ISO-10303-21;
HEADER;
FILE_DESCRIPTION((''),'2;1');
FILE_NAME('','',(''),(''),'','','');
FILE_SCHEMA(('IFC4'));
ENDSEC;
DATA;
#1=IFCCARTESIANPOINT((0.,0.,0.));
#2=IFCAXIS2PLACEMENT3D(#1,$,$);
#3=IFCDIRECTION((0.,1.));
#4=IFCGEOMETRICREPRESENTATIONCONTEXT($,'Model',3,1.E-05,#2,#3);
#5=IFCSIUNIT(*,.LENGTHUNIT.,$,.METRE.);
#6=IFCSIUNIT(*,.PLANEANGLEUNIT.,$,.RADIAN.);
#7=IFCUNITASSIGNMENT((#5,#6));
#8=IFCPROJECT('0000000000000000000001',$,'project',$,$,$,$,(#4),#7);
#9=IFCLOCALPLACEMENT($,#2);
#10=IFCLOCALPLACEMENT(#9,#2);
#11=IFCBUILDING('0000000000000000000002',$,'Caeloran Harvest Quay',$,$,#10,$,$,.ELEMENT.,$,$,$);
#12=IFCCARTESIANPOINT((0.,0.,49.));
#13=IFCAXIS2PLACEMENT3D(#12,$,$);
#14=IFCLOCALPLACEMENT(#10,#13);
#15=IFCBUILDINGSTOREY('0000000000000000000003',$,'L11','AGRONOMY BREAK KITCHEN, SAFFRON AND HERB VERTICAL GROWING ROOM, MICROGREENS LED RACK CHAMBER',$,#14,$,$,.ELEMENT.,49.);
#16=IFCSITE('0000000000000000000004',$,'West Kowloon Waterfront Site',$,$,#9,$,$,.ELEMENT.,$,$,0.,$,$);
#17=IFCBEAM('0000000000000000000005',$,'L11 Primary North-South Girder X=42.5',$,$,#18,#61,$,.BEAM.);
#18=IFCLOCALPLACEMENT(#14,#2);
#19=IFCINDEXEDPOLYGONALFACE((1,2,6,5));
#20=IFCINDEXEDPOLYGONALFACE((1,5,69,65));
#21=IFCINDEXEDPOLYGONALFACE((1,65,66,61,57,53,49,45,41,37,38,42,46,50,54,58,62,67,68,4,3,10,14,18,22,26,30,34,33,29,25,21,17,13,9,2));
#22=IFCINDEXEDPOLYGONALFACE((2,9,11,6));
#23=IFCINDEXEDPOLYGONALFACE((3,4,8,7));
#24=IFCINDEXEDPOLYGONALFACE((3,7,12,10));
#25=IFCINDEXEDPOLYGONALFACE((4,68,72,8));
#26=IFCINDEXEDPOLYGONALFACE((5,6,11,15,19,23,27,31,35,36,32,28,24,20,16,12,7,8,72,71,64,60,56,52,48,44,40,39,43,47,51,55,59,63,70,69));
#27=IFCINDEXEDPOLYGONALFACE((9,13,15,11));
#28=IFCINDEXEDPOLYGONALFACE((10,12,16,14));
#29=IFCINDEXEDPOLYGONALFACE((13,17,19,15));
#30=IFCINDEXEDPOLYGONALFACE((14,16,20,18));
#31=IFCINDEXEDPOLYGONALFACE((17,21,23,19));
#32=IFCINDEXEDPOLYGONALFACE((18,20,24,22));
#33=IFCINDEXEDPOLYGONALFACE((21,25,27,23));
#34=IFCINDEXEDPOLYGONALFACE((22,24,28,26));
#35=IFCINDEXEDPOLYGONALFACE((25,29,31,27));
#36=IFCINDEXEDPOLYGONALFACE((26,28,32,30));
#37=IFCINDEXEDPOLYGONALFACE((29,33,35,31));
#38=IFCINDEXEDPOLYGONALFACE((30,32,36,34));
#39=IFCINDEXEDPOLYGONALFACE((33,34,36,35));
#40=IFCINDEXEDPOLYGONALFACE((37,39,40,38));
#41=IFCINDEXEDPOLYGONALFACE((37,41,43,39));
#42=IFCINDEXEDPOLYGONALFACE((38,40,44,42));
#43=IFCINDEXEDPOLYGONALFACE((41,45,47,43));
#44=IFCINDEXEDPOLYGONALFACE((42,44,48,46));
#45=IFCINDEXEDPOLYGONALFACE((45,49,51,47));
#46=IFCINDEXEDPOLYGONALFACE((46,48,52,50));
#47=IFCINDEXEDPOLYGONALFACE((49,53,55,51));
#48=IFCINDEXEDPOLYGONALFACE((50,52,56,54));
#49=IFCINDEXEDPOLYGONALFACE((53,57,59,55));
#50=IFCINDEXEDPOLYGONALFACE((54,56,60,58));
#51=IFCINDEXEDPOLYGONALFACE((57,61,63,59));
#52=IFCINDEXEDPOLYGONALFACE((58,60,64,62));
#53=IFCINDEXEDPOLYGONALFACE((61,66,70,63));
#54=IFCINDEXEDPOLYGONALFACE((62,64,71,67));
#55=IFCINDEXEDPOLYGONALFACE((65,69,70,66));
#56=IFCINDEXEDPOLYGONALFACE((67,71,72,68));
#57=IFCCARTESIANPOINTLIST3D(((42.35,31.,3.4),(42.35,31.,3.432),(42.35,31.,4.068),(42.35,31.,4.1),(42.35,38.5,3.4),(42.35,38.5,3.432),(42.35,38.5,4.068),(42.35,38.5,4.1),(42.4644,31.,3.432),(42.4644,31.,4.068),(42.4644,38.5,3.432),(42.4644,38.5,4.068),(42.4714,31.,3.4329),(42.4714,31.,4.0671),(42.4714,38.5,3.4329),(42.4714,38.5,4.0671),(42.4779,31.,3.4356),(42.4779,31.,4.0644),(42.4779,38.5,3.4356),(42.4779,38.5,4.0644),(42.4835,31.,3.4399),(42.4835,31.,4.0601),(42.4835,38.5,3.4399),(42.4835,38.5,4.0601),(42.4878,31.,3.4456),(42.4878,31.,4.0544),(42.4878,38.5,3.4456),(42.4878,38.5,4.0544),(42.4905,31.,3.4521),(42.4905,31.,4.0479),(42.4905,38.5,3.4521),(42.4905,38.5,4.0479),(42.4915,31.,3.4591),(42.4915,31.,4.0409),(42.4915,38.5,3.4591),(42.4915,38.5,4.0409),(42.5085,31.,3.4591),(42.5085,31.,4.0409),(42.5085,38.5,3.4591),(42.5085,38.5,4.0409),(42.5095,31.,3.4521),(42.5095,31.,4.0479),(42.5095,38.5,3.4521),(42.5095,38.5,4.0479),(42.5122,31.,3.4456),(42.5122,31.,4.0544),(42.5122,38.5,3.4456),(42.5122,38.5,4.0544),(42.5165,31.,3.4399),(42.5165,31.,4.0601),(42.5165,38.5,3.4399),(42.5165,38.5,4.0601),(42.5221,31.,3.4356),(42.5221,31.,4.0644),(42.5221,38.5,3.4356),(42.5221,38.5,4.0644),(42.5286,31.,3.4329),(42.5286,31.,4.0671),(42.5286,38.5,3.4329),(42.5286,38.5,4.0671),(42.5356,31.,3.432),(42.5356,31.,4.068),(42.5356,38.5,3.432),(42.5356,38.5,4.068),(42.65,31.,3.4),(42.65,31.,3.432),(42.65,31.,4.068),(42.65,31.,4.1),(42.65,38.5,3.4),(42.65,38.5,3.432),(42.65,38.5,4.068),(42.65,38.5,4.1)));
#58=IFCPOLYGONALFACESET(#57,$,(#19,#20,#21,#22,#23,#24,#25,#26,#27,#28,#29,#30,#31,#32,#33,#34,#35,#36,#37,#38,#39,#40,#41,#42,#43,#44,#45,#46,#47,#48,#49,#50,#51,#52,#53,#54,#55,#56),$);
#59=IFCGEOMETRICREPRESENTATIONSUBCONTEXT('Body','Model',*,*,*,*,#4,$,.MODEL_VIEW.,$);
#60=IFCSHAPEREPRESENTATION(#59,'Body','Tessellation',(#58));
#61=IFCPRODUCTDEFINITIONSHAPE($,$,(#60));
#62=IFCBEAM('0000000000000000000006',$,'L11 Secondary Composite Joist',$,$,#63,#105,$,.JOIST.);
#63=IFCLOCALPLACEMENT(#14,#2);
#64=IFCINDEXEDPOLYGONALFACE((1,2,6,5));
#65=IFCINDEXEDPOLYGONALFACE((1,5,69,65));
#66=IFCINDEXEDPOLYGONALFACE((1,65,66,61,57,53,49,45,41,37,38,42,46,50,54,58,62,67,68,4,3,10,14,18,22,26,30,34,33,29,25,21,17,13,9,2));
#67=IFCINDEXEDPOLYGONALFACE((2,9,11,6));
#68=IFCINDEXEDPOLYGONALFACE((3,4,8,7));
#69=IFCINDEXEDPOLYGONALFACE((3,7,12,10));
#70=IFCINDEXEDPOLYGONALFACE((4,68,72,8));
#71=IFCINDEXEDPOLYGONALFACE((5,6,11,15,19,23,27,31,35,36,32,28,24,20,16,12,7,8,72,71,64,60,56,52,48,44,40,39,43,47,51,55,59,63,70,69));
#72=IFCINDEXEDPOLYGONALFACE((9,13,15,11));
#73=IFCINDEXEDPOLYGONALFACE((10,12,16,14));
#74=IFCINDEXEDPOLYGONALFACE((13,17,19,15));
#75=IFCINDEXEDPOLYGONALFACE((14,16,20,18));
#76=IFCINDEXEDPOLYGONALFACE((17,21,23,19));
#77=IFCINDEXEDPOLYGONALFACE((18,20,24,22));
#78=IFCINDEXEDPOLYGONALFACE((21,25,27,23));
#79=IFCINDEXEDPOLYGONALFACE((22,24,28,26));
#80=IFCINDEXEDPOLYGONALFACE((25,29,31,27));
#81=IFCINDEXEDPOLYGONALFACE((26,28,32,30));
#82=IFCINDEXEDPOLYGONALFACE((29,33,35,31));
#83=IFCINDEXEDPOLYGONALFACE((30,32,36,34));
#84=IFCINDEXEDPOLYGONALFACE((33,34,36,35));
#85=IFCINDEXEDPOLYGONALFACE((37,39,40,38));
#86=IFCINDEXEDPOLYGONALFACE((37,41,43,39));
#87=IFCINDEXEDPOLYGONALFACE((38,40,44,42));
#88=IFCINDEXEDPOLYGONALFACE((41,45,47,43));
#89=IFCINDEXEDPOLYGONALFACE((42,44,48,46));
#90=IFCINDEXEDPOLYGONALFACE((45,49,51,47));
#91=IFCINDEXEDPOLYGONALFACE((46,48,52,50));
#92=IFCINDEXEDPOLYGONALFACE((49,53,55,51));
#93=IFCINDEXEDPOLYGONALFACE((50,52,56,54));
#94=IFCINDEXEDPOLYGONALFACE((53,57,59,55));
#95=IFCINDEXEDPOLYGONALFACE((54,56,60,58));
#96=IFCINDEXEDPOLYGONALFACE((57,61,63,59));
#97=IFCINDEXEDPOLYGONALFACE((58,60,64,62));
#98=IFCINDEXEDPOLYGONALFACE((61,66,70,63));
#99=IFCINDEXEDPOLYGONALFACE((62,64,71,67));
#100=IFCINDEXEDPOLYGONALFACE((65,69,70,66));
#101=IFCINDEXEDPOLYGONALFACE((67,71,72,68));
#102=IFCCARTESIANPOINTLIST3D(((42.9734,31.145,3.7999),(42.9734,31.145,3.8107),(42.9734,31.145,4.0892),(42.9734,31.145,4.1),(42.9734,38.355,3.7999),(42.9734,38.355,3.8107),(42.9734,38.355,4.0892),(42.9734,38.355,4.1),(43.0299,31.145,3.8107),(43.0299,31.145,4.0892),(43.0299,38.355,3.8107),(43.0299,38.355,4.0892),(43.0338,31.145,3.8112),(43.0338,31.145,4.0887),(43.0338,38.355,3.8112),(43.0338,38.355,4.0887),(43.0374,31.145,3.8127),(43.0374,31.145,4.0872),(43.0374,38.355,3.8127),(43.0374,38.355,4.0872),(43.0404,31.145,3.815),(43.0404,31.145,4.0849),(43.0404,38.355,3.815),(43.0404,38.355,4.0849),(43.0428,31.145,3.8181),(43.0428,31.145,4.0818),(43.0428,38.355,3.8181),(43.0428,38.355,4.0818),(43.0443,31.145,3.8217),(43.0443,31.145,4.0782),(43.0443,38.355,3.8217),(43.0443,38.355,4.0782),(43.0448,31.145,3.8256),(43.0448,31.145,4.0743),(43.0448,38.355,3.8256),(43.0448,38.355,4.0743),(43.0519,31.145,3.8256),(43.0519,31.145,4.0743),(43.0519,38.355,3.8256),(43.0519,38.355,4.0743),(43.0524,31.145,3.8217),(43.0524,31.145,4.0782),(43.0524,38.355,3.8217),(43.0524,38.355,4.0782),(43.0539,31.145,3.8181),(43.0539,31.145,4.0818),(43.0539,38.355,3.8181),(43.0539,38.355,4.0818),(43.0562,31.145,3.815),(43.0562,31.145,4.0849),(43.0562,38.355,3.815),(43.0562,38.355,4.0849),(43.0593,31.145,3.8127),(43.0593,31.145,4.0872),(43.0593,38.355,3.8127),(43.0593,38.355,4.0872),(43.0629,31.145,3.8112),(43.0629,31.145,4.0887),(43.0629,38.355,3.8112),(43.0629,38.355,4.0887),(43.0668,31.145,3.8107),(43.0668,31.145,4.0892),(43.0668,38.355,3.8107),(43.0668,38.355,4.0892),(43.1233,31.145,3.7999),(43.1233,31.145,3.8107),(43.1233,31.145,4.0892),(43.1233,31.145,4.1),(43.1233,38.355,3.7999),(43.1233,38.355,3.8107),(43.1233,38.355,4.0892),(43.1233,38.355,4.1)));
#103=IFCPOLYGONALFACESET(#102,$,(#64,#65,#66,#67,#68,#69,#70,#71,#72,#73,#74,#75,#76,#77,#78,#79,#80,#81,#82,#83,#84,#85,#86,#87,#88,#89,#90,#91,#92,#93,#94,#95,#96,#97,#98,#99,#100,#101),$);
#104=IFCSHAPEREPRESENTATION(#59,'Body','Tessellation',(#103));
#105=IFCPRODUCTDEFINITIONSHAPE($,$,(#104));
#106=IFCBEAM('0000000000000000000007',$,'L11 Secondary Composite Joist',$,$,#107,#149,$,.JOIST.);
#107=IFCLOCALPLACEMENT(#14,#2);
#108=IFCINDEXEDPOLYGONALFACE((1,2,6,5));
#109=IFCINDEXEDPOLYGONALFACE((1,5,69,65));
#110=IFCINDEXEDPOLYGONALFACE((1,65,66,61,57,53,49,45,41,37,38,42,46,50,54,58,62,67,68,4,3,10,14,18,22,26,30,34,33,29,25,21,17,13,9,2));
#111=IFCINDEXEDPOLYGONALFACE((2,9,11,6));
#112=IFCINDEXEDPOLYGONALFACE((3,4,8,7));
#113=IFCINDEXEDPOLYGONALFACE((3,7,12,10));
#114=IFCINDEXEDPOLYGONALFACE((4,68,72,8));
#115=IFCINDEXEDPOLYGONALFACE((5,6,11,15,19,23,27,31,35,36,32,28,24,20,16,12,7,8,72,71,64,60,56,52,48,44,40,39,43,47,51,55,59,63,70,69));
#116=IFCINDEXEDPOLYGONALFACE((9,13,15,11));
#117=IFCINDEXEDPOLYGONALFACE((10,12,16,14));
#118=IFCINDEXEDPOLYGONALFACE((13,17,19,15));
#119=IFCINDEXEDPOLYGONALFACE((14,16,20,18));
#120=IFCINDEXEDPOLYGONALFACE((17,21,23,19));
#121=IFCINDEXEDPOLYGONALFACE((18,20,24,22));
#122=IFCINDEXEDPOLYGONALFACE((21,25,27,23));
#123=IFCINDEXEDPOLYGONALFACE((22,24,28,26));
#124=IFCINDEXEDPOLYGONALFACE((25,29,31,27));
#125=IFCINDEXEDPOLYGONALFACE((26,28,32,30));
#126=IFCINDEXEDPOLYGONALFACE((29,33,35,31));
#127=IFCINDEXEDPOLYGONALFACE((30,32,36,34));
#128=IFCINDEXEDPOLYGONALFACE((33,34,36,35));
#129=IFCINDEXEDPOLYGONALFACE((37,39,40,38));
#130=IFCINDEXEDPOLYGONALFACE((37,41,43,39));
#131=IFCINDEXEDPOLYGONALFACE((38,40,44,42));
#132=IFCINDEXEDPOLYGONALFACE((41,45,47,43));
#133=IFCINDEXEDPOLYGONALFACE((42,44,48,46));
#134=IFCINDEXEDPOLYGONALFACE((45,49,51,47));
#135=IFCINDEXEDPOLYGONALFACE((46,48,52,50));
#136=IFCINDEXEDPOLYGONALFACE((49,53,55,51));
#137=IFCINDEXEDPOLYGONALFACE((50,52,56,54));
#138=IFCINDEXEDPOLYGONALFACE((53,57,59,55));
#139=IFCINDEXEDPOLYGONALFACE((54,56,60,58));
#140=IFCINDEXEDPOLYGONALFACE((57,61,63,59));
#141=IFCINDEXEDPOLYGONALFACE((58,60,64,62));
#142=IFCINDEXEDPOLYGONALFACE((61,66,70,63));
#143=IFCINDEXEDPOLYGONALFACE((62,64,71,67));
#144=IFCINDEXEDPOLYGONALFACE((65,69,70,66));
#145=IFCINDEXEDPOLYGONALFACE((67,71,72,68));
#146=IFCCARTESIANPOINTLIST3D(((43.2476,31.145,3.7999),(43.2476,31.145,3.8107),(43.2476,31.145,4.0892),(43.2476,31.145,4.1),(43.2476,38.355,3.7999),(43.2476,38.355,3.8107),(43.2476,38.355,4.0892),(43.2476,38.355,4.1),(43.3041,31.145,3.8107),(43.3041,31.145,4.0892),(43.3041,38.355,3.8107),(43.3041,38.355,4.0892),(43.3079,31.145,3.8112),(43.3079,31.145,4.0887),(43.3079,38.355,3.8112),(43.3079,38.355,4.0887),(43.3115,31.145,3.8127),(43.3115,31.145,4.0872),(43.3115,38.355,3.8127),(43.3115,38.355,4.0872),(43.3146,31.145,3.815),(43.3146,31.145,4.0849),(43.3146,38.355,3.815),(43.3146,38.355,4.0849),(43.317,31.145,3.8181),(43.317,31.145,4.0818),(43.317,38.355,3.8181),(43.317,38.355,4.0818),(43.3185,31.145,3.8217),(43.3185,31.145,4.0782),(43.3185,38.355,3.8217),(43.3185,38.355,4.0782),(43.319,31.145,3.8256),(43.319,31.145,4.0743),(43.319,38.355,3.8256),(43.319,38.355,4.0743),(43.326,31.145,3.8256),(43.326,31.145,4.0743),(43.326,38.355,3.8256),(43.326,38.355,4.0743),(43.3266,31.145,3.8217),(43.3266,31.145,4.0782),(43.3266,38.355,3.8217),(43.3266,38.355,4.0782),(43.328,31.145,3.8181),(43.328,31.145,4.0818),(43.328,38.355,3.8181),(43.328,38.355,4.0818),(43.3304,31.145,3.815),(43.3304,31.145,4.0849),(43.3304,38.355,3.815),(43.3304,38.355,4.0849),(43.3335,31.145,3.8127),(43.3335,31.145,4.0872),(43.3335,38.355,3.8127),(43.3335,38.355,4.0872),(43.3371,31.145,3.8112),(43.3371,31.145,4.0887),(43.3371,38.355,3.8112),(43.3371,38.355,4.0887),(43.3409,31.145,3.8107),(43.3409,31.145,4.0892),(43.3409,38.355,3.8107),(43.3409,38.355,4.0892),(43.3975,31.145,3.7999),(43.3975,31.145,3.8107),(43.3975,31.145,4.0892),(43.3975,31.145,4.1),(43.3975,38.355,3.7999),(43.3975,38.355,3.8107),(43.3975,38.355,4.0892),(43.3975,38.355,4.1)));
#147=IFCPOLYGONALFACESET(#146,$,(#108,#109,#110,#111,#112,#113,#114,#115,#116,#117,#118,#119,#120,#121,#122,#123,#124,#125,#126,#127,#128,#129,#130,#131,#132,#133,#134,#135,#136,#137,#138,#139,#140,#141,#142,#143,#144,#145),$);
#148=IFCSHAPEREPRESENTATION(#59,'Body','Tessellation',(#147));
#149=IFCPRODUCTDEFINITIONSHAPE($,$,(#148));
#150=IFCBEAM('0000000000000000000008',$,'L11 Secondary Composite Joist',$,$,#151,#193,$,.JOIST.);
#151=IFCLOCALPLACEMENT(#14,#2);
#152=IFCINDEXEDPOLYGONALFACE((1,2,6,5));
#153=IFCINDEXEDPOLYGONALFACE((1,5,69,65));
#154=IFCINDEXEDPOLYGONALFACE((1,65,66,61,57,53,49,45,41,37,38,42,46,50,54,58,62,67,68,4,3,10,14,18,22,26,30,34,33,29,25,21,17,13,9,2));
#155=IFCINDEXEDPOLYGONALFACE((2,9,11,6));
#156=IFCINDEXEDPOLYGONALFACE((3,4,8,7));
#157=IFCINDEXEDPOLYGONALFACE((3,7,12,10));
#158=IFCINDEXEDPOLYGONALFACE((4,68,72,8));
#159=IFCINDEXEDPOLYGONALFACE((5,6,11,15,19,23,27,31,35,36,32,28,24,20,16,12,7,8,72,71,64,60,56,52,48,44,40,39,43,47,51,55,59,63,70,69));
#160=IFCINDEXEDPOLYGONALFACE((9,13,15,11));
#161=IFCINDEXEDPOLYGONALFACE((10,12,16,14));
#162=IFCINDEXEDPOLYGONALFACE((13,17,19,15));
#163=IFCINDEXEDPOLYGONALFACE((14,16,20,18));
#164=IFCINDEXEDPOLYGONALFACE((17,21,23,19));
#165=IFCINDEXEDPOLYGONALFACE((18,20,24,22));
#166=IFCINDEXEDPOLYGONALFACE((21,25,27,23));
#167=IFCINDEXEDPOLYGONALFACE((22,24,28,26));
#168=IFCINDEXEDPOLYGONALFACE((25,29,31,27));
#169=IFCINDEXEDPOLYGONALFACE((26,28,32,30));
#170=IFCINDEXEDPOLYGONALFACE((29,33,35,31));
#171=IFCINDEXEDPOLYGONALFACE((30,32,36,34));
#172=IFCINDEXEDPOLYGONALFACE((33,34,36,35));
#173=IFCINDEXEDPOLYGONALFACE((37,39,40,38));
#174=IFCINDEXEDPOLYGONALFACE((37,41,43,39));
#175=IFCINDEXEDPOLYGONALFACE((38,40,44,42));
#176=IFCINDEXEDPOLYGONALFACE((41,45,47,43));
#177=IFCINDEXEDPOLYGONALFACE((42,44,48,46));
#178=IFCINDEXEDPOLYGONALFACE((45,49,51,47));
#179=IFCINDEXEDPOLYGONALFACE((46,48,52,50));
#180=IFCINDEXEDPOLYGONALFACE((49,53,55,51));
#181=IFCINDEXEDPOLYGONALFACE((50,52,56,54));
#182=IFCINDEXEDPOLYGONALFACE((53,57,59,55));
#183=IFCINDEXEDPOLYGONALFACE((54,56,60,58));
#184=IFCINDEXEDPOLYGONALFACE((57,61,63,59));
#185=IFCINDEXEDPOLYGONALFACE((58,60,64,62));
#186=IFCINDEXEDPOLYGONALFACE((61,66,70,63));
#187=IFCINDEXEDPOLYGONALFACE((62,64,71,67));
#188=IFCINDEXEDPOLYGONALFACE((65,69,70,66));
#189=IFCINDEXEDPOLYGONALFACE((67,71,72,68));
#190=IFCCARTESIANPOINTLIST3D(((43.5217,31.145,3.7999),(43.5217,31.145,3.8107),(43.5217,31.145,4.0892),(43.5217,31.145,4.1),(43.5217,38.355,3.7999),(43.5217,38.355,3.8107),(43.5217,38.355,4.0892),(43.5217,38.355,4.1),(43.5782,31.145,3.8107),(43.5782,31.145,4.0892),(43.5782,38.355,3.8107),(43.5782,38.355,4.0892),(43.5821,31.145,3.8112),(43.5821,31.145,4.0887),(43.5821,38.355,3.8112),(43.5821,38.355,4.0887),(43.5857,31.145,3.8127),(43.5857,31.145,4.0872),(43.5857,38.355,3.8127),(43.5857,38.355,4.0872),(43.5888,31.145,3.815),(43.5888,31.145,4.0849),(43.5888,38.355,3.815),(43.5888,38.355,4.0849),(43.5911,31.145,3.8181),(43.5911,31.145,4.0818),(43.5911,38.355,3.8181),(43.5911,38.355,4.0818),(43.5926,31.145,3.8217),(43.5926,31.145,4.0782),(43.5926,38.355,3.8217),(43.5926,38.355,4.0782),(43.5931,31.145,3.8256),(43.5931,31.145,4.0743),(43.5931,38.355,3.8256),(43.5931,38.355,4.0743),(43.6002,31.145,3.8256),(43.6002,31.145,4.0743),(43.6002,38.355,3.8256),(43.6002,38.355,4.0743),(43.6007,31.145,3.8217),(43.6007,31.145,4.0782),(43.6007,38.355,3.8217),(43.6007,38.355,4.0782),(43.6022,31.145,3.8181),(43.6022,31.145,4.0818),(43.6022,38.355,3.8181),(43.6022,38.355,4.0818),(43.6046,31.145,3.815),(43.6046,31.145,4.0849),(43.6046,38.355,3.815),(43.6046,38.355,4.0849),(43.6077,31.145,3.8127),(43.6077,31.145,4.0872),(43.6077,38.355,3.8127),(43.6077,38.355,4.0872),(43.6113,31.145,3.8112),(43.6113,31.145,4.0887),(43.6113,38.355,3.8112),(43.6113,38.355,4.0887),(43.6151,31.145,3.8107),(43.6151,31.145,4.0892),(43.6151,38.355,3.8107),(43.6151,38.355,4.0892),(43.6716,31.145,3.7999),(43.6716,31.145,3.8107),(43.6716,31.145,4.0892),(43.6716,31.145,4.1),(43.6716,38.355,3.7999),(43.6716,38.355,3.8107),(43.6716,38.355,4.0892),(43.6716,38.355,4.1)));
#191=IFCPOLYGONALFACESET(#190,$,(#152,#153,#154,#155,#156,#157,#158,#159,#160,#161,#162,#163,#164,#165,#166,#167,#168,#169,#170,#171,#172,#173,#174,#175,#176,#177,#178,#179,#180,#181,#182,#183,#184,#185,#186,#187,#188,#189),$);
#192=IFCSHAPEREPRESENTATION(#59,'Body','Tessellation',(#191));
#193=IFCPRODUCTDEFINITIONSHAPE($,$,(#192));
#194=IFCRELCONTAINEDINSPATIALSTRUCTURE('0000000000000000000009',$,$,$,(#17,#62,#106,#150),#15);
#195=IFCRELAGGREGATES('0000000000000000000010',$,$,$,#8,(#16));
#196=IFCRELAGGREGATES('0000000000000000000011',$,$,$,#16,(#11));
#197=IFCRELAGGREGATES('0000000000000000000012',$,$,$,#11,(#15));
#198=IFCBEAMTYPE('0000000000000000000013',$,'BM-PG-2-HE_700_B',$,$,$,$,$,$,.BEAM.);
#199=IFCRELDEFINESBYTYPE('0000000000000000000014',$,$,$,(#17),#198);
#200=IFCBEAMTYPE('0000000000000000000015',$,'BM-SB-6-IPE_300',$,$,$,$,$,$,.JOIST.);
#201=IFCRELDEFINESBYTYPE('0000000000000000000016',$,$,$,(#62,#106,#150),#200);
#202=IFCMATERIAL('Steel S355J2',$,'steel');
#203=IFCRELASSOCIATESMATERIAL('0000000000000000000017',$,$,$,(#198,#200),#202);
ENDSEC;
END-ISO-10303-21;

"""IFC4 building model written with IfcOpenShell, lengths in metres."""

from ifc_helpers import new_model, si_unit, direction, frame, origin, origin_2d, place, context, subcontext, project, spatial, i_section, extrude, material, material_profile, profile_set, type_object, element, save


model = new_model("IFC4")

# Units and contexts
model_context = context("Model", 3, precision=1e-05, world=origin(), true_north=direction((0.0, 1.0)))
body_context = subcontext(model_context, "Body", "Model", "MODEL_VIEW")
ifc_project = project(units=[si_unit("LENGTHUNIT", "METRE"), si_unit("PLANEANGLEUNIT", "RADIAN")], contexts=[model_context])

# Site, building, storey
site_placement = place(None, origin())
site = spatial("IfcSite", under=ifc_project, at=site_placement, Name="West Kowloon Waterfront Site", CompositionType="ELEMENT", RefElevation=0.0)
building_placement = place(site_placement, origin())
building = spatial("IfcBuilding", under=site, at=building_placement, Name="Caeloran Harvest Quay", CompositionType="ELEMENT")
storey_placement = place(building_placement, frame((0.0, 0.0, 49.0)))
storey = spatial("IfcBuildingStorey", under=building, at=storey_placement, Name="L11", Description="AGRONOMY BREAK KITCHEN, SAFFRON AND HERB VERTICAL GROWING ROOM, MICROGREENS LED RACK CHAMBER", CompositionType="ELEMENT", Elevation=49.0)

# Beams
ifc_material_1 = material(Name="Steel S355J2", Category="steel")
ifc_material_profile_1 = material_profile(ifc_material_1, i_section(OverallWidth=0.3, OverallDepth=0.7, WebThickness=0.0171, FlangeThickness=0.032, FilletRadius=0.0271, at=origin_2d()), Name="HE 700 B")
ifc_profile_set_1 = profile_set([ifc_material_profile_1], Name="Steel S355J2")
beam_type_1 = type_object("IfcBeamType", Name="BM-PG-2-HE_700_B", PredefinedType="BEAM", material=ifc_profile_set_1)
beam_placement = place(storey_placement, frame((42.5, 31.0, 3.75), z_axis=(0.0, 1.0, 0.0), x_axis=(-1.0, 0.0, 0.0)))
element("IfcBeam", 1, at=beam_placement, inside=storey, type_object=beam_type_1, Name="L11 Primary North-South Girder X=42.5", PredefinedType="BEAM", context=body_context, shape_type="SweptSolid", body=[
    extrude(i_section(OverallWidth=0.3, OverallDepth=0.7, WebThickness=0.0171, FlangeThickness=0.032, FilletRadius=0.0271, at=origin_2d()), origin(), (0.0, 0.0, 1.0), 7.5),
])
ifc_material_profile_2 = material_profile(ifc_material_1, i_section(OverallWidth=0.1499, OverallDepth=0.3, WebThickness=0.0071, FlangeThickness=0.0107, FilletRadius=0.0149, at=origin_2d()), Name="IPE 300")
ifc_profile_set_2 = profile_set([ifc_material_profile_2], Name="Steel S355J2")
beam_type_2 = type_object("IfcBeamType", Name="BM-SB-6-IPE_300", PredefinedType="JOIST", material=ifc_profile_set_2)
for number, where, z_axis, x_axis, name in (
    (2, (43.0483, 31.145, 3.95), (0.0, 1.0, 0.0), (-1.0, 0.0, 0.0), "L11 Secondary Composite Joist"),
    (3, (43.3225, 31.145, 3.95), (0.0, 1.0, 0.0), (-1.0, 0.0, 0.0), "L11 Secondary Composite Joist"),
    (4, (43.5967, 31.145, 3.95), (0.0, 1.0, 0.0), (-1.0, 0.0, 0.0), "L11 Secondary Composite Joist"),
):
    element("IfcBeam", number, at=place(storey_placement, frame(where, z_axis=z_axis, x_axis=x_axis)), inside=storey, type_object=beam_type_2, Name=name, PredefinedType="JOIST", context=body_context, shape_type="SweptSolid", body=[
        extrude(i_section(OverallWidth=0.1499, OverallDepth=0.3, WebThickness=0.0071, FlangeThickness=0.0107, FilletRadius=0.0149, at=origin_2d()), origin(), (0.0, 0.0, 1.0), 7.21),
    ])

save(model, "model.ifc")
